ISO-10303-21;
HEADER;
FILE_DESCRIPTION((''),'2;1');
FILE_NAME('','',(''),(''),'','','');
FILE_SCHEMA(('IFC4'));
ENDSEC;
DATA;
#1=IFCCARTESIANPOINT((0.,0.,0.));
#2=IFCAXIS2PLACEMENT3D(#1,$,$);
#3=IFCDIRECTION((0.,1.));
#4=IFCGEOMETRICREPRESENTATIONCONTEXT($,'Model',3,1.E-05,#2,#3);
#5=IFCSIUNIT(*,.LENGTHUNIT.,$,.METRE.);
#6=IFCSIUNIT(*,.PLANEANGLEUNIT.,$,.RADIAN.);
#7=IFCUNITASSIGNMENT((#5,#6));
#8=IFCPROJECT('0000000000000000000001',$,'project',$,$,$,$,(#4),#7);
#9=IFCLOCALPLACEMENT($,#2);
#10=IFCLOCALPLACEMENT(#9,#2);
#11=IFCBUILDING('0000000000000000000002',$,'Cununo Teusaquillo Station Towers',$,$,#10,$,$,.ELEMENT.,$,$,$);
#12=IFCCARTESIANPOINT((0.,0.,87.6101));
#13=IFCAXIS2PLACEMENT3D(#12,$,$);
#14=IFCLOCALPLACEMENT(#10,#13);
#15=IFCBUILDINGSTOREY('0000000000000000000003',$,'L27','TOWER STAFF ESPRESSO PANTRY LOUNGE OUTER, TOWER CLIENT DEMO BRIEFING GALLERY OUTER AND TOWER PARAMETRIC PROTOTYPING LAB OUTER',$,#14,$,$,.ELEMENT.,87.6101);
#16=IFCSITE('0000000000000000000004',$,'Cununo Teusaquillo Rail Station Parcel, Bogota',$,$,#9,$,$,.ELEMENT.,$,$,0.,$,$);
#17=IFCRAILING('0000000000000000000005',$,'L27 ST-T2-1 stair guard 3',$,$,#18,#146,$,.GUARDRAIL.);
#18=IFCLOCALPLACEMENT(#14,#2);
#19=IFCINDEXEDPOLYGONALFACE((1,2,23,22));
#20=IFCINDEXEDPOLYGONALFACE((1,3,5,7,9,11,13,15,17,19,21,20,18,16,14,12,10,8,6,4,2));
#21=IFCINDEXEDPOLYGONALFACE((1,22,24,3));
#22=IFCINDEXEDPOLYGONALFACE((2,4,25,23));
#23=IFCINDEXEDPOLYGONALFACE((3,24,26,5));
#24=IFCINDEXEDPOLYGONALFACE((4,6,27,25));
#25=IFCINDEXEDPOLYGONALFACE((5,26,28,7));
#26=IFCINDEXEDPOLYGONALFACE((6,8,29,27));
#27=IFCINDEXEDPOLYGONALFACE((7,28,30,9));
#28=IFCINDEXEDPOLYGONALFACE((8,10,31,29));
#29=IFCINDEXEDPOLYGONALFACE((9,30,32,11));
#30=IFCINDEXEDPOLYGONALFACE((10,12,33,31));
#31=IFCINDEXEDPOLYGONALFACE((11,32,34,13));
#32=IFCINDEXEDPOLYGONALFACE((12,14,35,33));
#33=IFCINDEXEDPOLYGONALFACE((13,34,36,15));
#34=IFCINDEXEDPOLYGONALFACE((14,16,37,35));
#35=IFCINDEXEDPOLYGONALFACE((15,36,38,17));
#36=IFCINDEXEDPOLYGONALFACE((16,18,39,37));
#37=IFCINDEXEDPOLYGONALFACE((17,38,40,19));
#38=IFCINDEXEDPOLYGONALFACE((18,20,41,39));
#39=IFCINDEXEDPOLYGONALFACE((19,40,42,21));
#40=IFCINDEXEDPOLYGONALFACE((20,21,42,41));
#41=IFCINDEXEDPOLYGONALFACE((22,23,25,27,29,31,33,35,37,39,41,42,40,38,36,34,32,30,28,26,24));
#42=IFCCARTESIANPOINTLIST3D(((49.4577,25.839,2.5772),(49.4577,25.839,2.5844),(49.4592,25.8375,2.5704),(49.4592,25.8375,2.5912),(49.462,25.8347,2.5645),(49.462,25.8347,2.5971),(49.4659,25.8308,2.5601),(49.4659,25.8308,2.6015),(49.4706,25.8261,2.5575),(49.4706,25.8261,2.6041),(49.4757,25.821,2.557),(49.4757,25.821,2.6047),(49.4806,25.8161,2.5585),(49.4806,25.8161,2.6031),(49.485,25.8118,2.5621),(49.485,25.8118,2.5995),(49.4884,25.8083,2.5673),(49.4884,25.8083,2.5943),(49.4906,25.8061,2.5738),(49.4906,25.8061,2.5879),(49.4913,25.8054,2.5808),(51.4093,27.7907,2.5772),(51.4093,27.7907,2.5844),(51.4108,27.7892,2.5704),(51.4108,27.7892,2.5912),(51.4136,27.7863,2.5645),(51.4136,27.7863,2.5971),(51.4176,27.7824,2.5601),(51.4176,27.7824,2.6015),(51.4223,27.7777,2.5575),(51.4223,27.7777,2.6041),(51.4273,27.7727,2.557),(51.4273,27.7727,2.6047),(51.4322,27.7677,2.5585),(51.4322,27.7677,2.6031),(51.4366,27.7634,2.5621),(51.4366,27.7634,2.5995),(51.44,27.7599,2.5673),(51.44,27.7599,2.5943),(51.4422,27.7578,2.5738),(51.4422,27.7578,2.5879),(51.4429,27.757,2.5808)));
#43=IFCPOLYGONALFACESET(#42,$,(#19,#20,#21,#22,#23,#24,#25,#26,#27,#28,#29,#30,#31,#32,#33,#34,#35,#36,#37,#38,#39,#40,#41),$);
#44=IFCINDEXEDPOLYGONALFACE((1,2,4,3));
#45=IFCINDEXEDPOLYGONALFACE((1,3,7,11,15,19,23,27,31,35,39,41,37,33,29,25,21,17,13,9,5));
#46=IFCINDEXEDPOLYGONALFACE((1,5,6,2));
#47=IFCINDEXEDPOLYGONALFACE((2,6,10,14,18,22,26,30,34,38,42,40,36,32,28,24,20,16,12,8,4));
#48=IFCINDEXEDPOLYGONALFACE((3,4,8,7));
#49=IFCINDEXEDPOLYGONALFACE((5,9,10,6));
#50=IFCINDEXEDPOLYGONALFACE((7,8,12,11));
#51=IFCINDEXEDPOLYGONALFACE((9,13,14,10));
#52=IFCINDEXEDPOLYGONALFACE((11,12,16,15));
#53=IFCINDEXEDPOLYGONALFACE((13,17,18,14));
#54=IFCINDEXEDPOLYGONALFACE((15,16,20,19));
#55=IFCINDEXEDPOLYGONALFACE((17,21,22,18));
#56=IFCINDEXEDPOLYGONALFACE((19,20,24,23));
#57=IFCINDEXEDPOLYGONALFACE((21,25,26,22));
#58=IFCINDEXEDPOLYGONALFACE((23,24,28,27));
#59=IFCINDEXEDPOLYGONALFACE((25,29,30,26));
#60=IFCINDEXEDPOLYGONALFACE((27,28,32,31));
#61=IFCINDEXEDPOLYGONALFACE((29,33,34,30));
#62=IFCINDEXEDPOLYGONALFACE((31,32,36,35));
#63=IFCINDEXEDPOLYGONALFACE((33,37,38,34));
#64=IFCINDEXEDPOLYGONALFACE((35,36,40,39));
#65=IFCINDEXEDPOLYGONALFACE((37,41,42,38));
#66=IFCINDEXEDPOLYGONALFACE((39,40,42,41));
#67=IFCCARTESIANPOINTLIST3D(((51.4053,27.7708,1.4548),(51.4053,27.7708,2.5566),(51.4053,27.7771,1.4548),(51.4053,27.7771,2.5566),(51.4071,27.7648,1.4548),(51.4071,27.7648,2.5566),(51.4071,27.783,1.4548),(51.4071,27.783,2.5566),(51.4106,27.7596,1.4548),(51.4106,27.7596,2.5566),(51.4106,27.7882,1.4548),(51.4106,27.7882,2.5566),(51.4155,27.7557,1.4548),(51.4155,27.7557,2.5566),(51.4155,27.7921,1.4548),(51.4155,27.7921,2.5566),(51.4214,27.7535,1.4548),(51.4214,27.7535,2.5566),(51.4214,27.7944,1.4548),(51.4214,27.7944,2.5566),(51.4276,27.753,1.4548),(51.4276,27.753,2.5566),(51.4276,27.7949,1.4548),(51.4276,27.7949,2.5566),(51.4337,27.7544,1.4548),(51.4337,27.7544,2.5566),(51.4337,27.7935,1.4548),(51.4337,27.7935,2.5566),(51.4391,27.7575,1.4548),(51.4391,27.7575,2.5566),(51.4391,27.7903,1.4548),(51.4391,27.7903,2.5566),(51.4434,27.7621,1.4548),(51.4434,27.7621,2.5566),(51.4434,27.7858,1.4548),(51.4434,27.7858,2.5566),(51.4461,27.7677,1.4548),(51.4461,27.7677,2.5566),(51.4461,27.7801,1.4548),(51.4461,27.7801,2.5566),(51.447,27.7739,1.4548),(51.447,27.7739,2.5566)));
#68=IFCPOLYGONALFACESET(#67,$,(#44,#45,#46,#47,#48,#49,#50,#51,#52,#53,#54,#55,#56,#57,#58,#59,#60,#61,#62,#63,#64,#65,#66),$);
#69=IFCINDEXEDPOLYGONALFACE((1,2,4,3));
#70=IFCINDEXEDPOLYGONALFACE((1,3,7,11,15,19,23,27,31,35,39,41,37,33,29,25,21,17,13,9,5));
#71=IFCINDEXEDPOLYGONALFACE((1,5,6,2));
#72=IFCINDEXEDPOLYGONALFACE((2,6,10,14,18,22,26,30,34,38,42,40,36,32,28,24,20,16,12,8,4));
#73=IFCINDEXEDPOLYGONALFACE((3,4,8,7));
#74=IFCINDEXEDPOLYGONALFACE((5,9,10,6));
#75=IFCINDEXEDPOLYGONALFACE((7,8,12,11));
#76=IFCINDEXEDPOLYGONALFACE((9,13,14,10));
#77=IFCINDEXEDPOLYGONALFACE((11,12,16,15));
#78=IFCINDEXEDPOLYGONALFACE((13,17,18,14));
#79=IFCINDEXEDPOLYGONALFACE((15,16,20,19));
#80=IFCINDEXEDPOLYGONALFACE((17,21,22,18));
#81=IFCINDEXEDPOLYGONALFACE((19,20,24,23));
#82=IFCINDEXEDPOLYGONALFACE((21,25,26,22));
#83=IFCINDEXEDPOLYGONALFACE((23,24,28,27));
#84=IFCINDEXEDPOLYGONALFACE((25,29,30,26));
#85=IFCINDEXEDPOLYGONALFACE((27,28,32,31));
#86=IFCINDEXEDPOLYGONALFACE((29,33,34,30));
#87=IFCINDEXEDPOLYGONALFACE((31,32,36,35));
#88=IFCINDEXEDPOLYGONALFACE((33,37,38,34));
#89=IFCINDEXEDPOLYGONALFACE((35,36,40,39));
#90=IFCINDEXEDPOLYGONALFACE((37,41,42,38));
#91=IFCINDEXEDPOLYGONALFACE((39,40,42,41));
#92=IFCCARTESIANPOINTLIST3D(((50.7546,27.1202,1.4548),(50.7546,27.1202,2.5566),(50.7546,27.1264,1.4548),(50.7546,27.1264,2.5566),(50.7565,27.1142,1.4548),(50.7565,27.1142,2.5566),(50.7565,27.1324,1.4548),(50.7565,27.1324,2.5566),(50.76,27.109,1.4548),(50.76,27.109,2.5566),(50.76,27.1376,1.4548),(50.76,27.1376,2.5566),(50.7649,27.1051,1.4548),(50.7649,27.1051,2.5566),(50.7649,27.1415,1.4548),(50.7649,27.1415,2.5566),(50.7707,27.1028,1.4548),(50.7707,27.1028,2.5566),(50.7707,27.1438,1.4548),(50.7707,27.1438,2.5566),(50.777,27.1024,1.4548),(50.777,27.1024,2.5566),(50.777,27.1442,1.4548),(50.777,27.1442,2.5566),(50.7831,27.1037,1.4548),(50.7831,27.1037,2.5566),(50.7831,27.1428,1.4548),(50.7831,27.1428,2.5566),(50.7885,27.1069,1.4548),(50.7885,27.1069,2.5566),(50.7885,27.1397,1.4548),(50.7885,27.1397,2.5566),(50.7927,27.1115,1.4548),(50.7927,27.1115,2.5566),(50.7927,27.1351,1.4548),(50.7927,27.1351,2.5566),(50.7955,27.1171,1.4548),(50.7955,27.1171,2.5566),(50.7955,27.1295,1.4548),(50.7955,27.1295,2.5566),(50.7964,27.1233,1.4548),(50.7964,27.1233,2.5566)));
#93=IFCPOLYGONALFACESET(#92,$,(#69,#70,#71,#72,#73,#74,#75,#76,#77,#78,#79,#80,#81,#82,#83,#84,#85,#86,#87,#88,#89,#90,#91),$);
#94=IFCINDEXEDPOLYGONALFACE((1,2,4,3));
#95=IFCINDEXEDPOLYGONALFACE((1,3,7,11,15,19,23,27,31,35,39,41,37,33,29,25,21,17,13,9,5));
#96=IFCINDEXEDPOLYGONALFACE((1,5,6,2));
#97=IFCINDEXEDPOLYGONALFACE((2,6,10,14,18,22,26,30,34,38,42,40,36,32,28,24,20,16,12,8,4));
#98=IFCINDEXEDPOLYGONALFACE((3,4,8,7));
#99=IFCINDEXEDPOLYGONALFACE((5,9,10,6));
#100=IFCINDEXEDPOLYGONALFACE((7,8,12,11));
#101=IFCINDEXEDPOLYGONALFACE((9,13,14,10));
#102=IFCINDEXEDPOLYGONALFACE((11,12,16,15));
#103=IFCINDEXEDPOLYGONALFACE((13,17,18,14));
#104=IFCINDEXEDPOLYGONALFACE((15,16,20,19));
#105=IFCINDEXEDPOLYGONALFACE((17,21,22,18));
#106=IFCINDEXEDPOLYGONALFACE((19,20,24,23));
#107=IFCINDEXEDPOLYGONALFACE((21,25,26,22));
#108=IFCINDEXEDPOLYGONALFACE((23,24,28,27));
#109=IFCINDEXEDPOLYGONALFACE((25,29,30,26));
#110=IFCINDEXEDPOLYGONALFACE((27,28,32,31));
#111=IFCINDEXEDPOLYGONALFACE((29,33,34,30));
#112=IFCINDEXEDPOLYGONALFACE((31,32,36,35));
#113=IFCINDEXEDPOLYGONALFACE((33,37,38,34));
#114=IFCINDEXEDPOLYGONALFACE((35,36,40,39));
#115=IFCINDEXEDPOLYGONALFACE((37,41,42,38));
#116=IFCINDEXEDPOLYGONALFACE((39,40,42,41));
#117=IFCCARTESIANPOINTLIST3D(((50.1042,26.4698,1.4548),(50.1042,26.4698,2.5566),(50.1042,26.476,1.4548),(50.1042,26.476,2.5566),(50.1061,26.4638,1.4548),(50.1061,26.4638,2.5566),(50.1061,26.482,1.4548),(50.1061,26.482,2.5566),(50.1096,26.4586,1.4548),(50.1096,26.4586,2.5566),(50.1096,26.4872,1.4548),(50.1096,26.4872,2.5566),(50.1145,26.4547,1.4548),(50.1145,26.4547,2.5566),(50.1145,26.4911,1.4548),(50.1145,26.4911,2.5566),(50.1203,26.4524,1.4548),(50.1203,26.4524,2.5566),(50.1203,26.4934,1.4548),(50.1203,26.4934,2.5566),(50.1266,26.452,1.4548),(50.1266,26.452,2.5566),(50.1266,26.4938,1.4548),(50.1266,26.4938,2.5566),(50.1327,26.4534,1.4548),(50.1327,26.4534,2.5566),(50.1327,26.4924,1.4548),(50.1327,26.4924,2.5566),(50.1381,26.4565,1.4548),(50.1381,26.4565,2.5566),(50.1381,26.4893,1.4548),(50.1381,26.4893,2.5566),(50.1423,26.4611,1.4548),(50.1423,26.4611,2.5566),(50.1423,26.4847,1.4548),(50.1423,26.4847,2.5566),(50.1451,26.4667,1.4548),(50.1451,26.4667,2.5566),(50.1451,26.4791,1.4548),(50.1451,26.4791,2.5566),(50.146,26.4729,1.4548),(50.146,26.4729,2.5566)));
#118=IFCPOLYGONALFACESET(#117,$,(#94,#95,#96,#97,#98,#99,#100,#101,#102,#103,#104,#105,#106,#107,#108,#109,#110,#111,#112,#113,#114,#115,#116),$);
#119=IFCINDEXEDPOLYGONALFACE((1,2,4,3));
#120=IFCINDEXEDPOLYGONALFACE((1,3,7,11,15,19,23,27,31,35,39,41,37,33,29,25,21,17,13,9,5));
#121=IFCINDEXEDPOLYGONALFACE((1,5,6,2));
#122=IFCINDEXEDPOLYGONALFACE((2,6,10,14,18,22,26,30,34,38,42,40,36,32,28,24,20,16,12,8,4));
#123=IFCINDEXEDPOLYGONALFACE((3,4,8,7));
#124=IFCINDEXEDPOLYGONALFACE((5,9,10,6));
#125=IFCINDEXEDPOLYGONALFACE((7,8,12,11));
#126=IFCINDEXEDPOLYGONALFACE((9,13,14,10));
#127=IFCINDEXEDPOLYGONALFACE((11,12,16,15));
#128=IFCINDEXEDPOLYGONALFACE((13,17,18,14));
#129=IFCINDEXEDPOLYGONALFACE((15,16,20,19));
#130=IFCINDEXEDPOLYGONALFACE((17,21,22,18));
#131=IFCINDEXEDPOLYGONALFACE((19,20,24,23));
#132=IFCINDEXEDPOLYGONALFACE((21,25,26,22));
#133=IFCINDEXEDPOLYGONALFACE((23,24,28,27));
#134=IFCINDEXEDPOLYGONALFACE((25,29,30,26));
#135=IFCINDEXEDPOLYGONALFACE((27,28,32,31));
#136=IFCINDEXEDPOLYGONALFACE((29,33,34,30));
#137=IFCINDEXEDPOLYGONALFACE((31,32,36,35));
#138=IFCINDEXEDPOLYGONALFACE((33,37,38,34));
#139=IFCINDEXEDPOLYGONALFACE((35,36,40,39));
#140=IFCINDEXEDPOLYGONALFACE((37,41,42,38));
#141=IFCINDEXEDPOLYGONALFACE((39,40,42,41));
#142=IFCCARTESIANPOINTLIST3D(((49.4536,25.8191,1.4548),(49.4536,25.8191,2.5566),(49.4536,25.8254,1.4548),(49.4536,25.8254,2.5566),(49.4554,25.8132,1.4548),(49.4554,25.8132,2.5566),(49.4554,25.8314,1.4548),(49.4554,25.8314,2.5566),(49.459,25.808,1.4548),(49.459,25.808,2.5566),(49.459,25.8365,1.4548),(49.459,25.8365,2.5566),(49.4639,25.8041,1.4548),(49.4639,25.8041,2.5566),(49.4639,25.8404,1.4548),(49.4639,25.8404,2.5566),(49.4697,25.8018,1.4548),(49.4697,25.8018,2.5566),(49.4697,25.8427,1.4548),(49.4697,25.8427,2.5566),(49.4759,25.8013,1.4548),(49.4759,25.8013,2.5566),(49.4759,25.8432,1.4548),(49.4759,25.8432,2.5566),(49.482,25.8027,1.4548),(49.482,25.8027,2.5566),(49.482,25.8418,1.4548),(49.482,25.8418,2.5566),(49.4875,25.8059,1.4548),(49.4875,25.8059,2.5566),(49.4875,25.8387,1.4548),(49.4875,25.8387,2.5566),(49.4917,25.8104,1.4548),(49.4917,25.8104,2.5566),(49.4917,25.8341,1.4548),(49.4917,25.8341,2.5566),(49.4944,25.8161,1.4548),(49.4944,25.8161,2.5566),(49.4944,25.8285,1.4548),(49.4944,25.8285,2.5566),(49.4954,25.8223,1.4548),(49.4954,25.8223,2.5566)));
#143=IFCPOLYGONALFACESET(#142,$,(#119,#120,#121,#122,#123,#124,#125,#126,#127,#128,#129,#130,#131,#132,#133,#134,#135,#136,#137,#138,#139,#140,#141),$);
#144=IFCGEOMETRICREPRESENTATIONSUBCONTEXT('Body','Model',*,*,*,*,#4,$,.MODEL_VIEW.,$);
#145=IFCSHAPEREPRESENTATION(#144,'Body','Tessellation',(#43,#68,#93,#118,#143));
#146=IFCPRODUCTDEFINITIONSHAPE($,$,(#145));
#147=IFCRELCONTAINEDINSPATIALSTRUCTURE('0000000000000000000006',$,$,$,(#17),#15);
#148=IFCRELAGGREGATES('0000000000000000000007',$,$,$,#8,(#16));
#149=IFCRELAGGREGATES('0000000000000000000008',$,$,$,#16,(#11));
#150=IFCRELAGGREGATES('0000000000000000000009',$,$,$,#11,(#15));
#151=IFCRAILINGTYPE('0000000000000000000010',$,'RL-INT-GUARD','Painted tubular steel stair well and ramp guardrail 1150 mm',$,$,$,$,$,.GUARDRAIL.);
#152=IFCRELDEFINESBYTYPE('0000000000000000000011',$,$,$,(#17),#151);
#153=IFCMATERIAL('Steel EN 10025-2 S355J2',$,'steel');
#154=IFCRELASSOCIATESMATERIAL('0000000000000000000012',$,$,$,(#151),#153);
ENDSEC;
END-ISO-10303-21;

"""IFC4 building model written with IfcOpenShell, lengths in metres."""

from ifc_helpers import new_model, si_unit, direction, frame, origin, origin_2d, place, context, subcontext, project, spatial, circle, extrude, material, type_object, element, save


model = new_model("IFC4")

# Units and contexts
model_context = context("Model", 3, precision=1e-05, world=origin(), true_north=direction((0.0, 1.0)))
body_context = subcontext(model_context, "Body", "Model", "MODEL_VIEW")
ifc_project = project(units=[si_unit("LENGTHUNIT", "METRE"), si_unit("PLANEANGLEUNIT", "RADIAN")], contexts=[model_context])

# Site, building, storey
site_placement = place(None, origin())
site = spatial("IfcSite", under=ifc_project, at=site_placement, Name="Cununo Teusaquillo Rail Station Parcel, Bogota", CompositionType="ELEMENT", RefElevation=0.0)
building_placement = place(site_placement, origin())
building = spatial("IfcBuilding", under=site, at=building_placement, Name="Cununo Teusaquillo Station Towers", CompositionType="ELEMENT")
storey_placement = place(building_placement, frame((0.0, 0.0, 87.6101)))
storey = spatial("IfcBuildingStorey", under=building, at=storey_placement, Name="L27", Description="TOWER STAFF ESPRESSO PANTRY LOUNGE OUTER, TOWER CLIENT DEMO BRIEFING GALLERY OUTER AND TOWER PARAMETRIC PROTOTYPING LAB OUTER", CompositionType="ELEMENT", Elevation=87.6101)

# Railing
ifc_material_1 = material(Name="Steel EN 10025-2 S355J2", Category="steel")
railing_type_1 = type_object("IfcRailingType", Name="RL-INT-GUARD", Description="Painted tubular steel stair well and ramp guardrail 1150 mm", PredefinedType="GUARDRAIL", material=ifc_material_1)
railing_1_placement = place(storey_placement, frame((51.426, 27.7739, 1.4548)))
element("IfcRailing", 1, at=railing_1_placement, inside=storey, type_object=railing_type_1, Name="L27 ST-T2-1 stair guard 3", PredefinedType="GUARDRAIL", context=body_context, shape_type="SweptSolid", body=[
    extrude(circle(Radius=0.0239, at=origin_2d()), frame((0.0, 0.0, 1.126), z_axis=(-0.707107, -0.707107, 0.0), x_axis=(0.707107, -0.707107, 0.0)), (0.0, 0.0, 1.0), 2.76),
    extrude(circle(Radius=0.021, at=origin_2d()), origin(), (0.0, 0.0, 1.0), 1.1018),
    extrude(circle(Radius=0.021, at=origin_2d()), frame((-0.6506, -0.6506, 0.0)), (0.0, 0.0, 1.0), 1.1018),
    extrude(circle(Radius=0.021, at=origin_2d()), frame((-1.301, -1.301, 0.0)), (0.0, 0.0, 1.0), 1.1018),
    extrude(circle(Radius=0.021, at=origin_2d()), frame((-1.9517, -1.9517, 0.0)), (0.0, 0.0, 1.0), 1.1018),
])

save(model, "model.ifc")
